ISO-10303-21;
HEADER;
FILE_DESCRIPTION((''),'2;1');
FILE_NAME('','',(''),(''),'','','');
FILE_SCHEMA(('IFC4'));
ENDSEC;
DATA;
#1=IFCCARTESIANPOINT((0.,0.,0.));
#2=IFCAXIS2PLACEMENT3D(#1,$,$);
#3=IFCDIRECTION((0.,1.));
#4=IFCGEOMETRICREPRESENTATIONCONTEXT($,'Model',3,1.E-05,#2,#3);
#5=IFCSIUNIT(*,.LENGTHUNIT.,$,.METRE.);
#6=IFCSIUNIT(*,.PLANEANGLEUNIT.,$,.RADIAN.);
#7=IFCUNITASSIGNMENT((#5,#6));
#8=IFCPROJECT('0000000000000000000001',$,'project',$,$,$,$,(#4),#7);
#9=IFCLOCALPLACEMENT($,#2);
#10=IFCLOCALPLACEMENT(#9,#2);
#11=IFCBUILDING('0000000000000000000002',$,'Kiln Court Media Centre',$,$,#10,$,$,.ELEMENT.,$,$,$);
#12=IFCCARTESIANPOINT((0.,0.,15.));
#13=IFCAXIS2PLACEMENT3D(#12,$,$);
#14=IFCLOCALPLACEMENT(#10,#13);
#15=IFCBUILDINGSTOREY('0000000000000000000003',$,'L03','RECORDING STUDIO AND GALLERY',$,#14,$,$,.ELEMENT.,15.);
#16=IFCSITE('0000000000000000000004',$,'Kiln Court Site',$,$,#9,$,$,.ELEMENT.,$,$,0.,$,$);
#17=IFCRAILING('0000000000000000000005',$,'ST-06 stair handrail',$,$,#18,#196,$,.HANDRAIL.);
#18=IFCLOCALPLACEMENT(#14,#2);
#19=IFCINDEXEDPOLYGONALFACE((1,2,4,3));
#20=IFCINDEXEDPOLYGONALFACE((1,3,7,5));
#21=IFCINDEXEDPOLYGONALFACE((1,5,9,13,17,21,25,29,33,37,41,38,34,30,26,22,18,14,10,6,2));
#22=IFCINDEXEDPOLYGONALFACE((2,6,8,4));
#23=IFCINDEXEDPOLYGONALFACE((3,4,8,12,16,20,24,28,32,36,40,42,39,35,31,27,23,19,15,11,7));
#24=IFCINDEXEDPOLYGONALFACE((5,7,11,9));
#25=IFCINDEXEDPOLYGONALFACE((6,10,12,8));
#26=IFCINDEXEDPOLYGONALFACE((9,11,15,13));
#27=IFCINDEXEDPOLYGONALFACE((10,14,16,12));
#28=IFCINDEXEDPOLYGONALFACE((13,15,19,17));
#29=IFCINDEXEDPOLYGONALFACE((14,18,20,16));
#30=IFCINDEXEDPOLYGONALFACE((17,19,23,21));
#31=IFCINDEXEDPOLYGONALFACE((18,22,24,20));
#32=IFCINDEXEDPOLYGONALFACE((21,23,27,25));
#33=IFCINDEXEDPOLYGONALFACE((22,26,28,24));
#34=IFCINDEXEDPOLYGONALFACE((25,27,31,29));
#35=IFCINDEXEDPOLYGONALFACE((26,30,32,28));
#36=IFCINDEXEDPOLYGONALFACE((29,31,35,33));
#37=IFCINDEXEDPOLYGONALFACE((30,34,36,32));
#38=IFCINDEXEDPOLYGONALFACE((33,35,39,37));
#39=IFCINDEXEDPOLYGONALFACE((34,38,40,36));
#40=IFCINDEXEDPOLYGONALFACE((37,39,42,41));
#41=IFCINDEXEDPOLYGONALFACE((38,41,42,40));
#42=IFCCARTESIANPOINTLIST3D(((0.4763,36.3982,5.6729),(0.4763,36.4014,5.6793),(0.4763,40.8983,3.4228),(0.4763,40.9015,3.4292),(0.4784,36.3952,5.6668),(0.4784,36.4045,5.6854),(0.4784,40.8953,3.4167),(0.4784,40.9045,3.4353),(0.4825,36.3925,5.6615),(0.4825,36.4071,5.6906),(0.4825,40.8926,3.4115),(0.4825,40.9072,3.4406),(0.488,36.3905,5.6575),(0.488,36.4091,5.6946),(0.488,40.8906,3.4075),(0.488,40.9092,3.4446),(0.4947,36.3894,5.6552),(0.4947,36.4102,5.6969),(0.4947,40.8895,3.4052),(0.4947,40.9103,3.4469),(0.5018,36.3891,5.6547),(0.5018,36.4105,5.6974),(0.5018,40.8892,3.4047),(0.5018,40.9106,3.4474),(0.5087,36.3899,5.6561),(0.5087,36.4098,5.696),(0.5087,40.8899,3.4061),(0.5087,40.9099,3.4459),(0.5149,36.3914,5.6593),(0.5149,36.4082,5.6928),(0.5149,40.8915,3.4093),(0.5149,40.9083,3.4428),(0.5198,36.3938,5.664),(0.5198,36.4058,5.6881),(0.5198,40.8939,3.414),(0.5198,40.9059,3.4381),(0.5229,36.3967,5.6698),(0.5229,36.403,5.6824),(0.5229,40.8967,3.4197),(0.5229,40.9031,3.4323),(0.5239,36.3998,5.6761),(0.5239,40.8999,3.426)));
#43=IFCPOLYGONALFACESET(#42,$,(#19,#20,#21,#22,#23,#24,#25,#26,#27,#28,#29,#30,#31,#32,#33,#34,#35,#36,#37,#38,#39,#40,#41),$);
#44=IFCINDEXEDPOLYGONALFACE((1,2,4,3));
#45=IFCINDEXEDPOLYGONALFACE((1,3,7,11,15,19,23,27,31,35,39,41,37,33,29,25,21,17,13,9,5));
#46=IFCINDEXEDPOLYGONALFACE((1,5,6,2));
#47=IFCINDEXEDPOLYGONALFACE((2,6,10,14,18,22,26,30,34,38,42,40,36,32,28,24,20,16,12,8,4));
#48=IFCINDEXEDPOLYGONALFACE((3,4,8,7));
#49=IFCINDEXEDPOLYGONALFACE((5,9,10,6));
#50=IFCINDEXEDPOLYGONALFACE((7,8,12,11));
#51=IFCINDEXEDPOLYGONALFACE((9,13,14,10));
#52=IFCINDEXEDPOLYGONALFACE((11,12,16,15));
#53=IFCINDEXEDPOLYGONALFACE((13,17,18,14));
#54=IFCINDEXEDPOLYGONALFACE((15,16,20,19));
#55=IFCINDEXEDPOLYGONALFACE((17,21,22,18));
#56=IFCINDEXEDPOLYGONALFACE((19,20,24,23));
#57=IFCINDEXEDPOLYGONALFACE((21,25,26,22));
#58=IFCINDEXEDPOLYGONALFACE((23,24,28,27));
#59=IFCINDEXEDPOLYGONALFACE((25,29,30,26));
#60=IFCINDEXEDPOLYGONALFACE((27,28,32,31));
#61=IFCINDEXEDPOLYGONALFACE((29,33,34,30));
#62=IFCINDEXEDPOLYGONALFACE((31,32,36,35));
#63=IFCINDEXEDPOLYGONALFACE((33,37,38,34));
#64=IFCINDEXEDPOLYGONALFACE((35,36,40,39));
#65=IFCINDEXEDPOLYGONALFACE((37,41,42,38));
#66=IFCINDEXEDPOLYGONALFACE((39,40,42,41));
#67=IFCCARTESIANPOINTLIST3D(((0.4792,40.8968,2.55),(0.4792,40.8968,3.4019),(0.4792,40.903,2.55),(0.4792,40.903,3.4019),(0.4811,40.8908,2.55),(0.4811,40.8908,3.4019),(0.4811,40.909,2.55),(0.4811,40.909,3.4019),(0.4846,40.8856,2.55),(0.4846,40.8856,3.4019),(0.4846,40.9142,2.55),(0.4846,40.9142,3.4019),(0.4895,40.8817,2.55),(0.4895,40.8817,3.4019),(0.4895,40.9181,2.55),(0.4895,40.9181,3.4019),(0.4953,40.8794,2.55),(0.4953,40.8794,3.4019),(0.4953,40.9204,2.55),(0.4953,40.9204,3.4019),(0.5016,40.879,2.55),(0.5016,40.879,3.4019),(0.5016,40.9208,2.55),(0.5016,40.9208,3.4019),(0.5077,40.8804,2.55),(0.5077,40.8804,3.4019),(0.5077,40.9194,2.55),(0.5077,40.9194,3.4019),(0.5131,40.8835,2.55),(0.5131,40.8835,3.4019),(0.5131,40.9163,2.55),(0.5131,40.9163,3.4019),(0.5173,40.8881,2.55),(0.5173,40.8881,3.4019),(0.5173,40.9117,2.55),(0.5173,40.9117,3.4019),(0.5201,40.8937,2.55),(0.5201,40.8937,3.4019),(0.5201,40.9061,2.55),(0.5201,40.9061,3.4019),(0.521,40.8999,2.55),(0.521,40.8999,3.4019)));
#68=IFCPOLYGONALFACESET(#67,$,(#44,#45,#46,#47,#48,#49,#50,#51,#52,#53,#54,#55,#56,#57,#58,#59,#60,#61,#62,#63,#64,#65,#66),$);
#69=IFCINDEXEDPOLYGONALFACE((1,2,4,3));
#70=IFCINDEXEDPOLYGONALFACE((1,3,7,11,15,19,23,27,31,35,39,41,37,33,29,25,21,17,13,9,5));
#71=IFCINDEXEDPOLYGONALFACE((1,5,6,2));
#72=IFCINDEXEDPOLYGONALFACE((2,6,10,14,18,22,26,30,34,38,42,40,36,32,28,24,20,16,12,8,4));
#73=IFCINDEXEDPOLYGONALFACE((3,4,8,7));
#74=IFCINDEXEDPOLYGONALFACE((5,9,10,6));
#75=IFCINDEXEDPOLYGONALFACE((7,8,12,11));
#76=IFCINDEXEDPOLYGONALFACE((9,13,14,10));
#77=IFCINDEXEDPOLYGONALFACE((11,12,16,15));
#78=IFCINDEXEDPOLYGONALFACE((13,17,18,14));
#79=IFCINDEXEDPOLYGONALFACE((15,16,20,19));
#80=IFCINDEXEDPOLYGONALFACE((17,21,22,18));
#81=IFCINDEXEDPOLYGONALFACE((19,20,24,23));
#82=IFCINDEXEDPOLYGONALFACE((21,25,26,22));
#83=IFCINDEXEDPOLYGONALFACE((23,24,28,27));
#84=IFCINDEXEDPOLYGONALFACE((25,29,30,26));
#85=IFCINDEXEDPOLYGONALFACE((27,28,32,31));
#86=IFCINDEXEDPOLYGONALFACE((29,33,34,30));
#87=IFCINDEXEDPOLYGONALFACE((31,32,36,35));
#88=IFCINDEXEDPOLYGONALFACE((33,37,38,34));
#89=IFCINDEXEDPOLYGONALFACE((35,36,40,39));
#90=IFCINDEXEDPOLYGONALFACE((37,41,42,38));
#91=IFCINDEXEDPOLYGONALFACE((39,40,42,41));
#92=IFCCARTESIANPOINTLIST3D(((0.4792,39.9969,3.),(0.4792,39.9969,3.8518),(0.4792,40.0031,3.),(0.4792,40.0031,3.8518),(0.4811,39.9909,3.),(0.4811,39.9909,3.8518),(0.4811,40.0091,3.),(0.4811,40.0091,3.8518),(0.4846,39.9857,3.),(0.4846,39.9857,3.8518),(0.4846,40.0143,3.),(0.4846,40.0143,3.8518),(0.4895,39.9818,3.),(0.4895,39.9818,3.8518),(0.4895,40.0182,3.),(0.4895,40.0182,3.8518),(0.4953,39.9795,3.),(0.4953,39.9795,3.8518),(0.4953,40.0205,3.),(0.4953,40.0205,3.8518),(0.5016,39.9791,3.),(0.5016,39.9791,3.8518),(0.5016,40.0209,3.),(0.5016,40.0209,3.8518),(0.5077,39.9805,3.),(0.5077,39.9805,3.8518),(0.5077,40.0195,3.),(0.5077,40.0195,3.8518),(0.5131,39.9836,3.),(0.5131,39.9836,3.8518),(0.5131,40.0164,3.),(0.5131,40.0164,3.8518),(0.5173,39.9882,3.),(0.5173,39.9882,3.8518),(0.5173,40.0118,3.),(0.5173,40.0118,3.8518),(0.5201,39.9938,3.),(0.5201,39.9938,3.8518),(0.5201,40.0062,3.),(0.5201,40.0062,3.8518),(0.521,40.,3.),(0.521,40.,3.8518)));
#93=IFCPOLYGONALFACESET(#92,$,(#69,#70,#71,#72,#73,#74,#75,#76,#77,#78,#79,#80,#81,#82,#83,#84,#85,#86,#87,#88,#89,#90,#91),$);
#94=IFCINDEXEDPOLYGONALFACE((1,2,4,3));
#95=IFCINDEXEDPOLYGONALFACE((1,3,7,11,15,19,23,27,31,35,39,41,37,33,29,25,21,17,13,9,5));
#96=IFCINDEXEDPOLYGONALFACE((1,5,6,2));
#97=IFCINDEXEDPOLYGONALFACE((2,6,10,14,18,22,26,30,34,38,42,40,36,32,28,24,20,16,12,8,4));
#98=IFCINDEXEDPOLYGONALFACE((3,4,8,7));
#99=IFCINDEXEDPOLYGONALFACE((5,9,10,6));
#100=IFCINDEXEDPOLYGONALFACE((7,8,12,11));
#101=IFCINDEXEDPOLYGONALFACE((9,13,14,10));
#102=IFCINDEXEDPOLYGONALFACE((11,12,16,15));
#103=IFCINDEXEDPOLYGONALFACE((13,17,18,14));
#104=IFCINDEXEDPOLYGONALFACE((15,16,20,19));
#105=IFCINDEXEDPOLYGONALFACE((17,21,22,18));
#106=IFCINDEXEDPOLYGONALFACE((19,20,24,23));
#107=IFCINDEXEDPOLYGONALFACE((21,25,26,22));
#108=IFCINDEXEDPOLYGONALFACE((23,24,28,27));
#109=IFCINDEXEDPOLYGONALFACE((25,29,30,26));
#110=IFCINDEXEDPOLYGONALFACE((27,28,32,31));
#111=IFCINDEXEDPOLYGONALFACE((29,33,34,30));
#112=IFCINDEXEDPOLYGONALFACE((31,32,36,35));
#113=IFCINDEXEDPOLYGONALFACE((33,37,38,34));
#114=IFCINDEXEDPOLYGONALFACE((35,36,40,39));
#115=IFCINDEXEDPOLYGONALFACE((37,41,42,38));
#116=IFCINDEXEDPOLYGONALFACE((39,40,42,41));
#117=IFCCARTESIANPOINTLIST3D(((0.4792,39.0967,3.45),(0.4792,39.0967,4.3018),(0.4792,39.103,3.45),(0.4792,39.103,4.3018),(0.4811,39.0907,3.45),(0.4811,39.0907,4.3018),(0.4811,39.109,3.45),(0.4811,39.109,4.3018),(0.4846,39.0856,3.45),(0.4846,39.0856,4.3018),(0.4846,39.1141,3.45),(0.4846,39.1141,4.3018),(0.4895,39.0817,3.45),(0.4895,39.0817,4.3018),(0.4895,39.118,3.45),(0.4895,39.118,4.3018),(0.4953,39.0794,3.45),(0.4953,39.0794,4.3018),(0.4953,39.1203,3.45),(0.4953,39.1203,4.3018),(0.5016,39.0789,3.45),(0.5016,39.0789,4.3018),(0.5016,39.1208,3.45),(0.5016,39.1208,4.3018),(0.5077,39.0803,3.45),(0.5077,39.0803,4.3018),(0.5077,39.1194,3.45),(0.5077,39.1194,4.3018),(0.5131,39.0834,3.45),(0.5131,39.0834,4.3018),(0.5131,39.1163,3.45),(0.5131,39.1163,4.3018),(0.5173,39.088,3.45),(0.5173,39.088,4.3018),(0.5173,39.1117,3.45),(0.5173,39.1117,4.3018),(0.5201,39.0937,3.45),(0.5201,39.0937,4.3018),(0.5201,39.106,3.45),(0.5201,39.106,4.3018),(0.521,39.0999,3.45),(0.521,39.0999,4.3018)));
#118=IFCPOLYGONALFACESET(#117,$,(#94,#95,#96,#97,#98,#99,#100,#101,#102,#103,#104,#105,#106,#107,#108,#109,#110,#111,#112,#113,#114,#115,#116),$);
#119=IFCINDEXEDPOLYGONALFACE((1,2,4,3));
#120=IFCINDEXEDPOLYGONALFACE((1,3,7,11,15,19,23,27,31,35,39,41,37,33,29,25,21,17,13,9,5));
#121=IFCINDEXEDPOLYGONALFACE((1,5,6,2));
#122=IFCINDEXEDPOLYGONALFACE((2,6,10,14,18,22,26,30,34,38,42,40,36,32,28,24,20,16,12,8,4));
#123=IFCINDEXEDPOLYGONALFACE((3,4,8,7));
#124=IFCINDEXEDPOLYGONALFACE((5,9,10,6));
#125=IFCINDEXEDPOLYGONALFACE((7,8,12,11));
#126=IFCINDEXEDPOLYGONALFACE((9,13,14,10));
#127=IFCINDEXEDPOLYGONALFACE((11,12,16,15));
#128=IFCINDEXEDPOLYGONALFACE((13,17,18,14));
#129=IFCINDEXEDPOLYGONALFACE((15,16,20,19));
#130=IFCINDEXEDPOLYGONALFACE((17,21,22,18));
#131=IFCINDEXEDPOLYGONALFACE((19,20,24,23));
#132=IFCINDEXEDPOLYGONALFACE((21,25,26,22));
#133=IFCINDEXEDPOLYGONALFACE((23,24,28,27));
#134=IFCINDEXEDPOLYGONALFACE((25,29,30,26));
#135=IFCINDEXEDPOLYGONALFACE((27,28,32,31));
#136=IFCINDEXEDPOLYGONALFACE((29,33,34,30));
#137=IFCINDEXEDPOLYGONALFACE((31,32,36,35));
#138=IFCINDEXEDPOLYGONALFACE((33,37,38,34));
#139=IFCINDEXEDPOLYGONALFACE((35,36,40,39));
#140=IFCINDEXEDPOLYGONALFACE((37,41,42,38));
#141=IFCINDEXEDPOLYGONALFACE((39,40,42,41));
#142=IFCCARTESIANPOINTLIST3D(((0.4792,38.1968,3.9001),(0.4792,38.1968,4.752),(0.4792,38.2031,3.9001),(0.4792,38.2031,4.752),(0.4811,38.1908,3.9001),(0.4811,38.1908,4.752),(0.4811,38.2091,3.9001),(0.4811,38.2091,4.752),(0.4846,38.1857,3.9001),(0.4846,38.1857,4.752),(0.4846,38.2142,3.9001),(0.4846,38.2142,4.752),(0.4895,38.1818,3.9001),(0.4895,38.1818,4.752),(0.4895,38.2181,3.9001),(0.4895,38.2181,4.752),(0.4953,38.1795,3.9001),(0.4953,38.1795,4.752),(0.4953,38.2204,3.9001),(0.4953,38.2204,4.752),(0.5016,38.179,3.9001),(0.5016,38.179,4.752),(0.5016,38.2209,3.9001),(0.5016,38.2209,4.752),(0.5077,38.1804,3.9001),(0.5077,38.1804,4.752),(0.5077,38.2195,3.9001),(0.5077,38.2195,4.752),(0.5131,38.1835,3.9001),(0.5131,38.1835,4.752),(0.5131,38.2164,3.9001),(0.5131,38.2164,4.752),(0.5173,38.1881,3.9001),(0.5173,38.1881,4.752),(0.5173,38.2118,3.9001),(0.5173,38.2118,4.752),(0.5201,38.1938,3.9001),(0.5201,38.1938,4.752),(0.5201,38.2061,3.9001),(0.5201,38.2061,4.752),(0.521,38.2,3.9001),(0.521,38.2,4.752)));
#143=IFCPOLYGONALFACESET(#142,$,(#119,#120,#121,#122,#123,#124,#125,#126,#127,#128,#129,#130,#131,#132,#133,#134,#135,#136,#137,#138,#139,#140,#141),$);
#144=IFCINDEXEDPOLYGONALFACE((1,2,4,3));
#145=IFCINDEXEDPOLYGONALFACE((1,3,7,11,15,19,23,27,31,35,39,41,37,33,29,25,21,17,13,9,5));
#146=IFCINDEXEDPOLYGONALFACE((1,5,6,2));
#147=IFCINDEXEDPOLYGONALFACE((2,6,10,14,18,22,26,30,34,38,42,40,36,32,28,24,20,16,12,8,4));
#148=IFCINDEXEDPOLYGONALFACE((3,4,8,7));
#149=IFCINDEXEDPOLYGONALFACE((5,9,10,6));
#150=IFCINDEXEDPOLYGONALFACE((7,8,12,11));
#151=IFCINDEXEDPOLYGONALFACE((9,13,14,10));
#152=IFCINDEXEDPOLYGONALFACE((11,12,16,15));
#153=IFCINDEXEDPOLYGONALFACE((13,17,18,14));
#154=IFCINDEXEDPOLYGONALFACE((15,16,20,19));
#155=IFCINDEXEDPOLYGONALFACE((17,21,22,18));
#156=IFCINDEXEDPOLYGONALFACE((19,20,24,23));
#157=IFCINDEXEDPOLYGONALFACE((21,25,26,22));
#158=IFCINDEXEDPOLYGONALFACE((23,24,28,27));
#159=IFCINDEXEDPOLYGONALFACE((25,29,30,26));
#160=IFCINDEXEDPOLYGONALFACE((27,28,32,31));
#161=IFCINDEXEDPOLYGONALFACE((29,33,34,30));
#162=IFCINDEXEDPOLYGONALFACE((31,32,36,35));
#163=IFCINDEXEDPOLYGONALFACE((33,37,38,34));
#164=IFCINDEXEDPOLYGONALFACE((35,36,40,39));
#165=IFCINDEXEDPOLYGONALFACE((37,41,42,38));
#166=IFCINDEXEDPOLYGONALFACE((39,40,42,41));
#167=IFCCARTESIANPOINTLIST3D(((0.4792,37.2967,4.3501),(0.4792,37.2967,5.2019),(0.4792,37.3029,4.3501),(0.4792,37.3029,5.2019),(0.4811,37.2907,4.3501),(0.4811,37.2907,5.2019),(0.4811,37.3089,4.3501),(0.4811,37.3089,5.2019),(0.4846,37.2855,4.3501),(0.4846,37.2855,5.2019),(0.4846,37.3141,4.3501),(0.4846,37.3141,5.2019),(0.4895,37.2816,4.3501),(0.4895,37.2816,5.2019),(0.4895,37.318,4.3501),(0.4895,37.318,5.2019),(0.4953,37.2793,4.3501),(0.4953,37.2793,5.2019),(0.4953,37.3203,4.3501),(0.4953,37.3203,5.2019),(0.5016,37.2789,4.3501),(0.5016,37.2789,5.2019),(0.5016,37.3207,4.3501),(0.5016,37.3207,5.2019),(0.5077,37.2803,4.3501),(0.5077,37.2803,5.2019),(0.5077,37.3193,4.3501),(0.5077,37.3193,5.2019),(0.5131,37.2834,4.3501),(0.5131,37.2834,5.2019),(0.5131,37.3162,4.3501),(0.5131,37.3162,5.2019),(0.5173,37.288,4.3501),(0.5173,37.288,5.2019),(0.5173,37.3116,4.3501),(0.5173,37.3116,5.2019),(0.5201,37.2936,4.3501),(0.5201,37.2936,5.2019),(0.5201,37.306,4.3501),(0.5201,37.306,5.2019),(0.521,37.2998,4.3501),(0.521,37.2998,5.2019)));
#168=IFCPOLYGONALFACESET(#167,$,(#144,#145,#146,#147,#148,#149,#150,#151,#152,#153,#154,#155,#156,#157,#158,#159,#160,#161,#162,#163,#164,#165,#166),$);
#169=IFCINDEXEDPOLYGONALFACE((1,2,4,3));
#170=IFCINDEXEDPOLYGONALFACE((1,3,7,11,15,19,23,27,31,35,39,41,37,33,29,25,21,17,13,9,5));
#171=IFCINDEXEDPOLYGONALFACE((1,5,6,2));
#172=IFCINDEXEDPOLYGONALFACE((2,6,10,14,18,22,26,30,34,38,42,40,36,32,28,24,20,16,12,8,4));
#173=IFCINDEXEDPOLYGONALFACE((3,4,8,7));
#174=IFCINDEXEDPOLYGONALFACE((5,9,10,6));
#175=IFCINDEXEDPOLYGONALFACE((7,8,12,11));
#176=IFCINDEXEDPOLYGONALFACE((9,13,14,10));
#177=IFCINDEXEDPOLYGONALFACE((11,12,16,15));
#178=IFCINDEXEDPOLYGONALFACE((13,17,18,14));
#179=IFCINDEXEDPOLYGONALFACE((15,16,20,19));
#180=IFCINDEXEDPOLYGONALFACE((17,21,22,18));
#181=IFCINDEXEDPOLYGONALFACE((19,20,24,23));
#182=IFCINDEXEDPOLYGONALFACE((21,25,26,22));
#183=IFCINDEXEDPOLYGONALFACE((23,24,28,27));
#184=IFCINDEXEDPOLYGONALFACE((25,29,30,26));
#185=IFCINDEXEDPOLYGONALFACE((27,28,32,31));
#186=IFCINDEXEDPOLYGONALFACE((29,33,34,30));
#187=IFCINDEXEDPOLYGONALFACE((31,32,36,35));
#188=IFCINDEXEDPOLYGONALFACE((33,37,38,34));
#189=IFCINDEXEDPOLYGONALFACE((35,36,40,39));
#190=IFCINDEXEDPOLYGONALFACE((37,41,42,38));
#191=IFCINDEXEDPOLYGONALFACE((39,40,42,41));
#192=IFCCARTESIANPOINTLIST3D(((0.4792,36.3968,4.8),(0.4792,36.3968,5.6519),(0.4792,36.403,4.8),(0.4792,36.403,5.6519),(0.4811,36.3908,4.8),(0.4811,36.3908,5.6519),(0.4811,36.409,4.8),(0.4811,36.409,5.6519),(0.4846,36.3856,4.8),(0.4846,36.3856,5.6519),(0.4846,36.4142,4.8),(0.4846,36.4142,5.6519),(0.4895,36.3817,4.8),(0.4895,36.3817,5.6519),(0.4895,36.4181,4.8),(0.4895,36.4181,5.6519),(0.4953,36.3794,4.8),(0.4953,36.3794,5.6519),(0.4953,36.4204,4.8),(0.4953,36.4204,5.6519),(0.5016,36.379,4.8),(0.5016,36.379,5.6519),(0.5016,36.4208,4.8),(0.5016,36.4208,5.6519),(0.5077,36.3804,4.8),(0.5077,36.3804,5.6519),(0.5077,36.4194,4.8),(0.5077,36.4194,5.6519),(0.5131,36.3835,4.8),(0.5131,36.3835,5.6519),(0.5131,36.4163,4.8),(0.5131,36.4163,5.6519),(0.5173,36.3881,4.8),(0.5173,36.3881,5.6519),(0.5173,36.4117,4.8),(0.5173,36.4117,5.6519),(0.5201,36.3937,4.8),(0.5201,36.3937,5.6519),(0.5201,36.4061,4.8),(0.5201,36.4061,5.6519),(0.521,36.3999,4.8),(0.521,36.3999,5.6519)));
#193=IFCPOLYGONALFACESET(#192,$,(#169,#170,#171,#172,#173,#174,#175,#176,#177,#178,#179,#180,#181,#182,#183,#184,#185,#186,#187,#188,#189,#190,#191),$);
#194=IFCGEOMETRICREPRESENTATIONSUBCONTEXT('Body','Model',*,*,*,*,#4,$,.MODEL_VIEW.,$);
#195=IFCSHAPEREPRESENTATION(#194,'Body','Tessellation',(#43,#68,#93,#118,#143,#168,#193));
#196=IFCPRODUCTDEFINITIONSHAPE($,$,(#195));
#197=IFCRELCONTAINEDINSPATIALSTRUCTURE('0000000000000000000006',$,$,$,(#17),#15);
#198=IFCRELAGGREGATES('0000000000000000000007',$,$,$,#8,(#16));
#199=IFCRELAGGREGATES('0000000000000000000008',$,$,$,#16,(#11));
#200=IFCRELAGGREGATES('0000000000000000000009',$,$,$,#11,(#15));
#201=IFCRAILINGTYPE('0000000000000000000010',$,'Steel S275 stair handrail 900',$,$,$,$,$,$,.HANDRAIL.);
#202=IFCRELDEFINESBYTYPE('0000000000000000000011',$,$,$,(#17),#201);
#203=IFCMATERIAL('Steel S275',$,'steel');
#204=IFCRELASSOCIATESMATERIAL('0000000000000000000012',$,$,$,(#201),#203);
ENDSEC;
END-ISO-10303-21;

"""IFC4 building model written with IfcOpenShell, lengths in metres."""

from ifc_helpers import new_model, si_unit, direction, frame, origin, origin_2d, place, context, subcontext, project, spatial, circle, extrude, material, type_object, element, save


model = new_model("IFC4")

# Units and contexts
model_context = context("Model", 3, precision=1e-05, world=origin(), true_north=direction((0.0, 1.0)))
body_context = subcontext(model_context, "Body", "Model", "MODEL_VIEW")
ifc_project = project(units=[si_unit("LENGTHUNIT", "METRE"), si_unit("PLANEANGLEUNIT", "RADIAN")], contexts=[model_context])

# Site, building, storey
site_placement = place(None, origin())
site = spatial("IfcSite", under=ifc_project, at=site_placement, Name="Kiln Court Site", CompositionType="ELEMENT", RefElevation=0.0)
building_placement = place(site_placement, origin())
building = spatial("IfcBuilding", under=site, at=building_placement, Name="Kiln Court Media Centre", CompositionType="ELEMENT")
storey_placement = place(building_placement, frame((0.0, 0.0, 15.0)))
storey = spatial("IfcBuildingStorey", under=building, at=storey_placement, Name="L03", Description="RECORDING STUDIO AND GALLERY", CompositionType="ELEMENT", Elevation=15.0)

# Railing
ifc_material_1 = material(Name="Steel S275", Category="steel")
railing_type_1 = type_object("IfcRailingType", Name="Steel S275 stair handrail 900", PredefinedType="HANDRAIL", material=ifc_material_1)
railing_1_placement = place(storey_placement, frame((0.5, 40.8999, 2.55)))
element("IfcRailing", 1, at=railing_1_placement, inside=storey, type_object=railing_type_1, Name="ST-06 stair handrail", PredefinedType="HANDRAIL", context=body_context, shape_type="SweptSolid", body=[
    extrude(circle(Radius=0.0239, at=origin_2d()), frame((0.0, 0.0, 0.876), z_axis=(0.0, -0.894427, 0.447214), x_axis=(1.0, 0.0, 0.0)), (0.0, 0.0, 1.0), 5.0312),
    extrude(circle(Radius=0.021, at=origin_2d()), origin(), (0.0, 0.0, 1.0), 0.8518),
    extrude(circle(Radius=0.021, at=origin_2d()), frame((0.0, -0.8999, 0.45)), (0.0, 0.0, 1.0), 0.8518),
    extrude(circle(Radius=0.021, at=origin_2d()), frame((0.0, -1.8, 0.8999)), (0.0, 0.0, 1.0), 0.8518),
    extrude(circle(Radius=0.021, at=origin_2d()), frame((0.0, -2.7, 1.3501)), (0.0, 0.0, 1.0), 0.8518),
    extrude(circle(Radius=0.021, at=origin_2d()), frame((0.0, -3.6001, 1.8)), (0.0, 0.0, 1.0), 0.8518),
    extrude(circle(Radius=0.021, at=origin_2d()), frame((0.0, -4.5, 2.25)), (0.0, 0.0, 1.0), 0.8518),
])

save(model, "model.ifc")
